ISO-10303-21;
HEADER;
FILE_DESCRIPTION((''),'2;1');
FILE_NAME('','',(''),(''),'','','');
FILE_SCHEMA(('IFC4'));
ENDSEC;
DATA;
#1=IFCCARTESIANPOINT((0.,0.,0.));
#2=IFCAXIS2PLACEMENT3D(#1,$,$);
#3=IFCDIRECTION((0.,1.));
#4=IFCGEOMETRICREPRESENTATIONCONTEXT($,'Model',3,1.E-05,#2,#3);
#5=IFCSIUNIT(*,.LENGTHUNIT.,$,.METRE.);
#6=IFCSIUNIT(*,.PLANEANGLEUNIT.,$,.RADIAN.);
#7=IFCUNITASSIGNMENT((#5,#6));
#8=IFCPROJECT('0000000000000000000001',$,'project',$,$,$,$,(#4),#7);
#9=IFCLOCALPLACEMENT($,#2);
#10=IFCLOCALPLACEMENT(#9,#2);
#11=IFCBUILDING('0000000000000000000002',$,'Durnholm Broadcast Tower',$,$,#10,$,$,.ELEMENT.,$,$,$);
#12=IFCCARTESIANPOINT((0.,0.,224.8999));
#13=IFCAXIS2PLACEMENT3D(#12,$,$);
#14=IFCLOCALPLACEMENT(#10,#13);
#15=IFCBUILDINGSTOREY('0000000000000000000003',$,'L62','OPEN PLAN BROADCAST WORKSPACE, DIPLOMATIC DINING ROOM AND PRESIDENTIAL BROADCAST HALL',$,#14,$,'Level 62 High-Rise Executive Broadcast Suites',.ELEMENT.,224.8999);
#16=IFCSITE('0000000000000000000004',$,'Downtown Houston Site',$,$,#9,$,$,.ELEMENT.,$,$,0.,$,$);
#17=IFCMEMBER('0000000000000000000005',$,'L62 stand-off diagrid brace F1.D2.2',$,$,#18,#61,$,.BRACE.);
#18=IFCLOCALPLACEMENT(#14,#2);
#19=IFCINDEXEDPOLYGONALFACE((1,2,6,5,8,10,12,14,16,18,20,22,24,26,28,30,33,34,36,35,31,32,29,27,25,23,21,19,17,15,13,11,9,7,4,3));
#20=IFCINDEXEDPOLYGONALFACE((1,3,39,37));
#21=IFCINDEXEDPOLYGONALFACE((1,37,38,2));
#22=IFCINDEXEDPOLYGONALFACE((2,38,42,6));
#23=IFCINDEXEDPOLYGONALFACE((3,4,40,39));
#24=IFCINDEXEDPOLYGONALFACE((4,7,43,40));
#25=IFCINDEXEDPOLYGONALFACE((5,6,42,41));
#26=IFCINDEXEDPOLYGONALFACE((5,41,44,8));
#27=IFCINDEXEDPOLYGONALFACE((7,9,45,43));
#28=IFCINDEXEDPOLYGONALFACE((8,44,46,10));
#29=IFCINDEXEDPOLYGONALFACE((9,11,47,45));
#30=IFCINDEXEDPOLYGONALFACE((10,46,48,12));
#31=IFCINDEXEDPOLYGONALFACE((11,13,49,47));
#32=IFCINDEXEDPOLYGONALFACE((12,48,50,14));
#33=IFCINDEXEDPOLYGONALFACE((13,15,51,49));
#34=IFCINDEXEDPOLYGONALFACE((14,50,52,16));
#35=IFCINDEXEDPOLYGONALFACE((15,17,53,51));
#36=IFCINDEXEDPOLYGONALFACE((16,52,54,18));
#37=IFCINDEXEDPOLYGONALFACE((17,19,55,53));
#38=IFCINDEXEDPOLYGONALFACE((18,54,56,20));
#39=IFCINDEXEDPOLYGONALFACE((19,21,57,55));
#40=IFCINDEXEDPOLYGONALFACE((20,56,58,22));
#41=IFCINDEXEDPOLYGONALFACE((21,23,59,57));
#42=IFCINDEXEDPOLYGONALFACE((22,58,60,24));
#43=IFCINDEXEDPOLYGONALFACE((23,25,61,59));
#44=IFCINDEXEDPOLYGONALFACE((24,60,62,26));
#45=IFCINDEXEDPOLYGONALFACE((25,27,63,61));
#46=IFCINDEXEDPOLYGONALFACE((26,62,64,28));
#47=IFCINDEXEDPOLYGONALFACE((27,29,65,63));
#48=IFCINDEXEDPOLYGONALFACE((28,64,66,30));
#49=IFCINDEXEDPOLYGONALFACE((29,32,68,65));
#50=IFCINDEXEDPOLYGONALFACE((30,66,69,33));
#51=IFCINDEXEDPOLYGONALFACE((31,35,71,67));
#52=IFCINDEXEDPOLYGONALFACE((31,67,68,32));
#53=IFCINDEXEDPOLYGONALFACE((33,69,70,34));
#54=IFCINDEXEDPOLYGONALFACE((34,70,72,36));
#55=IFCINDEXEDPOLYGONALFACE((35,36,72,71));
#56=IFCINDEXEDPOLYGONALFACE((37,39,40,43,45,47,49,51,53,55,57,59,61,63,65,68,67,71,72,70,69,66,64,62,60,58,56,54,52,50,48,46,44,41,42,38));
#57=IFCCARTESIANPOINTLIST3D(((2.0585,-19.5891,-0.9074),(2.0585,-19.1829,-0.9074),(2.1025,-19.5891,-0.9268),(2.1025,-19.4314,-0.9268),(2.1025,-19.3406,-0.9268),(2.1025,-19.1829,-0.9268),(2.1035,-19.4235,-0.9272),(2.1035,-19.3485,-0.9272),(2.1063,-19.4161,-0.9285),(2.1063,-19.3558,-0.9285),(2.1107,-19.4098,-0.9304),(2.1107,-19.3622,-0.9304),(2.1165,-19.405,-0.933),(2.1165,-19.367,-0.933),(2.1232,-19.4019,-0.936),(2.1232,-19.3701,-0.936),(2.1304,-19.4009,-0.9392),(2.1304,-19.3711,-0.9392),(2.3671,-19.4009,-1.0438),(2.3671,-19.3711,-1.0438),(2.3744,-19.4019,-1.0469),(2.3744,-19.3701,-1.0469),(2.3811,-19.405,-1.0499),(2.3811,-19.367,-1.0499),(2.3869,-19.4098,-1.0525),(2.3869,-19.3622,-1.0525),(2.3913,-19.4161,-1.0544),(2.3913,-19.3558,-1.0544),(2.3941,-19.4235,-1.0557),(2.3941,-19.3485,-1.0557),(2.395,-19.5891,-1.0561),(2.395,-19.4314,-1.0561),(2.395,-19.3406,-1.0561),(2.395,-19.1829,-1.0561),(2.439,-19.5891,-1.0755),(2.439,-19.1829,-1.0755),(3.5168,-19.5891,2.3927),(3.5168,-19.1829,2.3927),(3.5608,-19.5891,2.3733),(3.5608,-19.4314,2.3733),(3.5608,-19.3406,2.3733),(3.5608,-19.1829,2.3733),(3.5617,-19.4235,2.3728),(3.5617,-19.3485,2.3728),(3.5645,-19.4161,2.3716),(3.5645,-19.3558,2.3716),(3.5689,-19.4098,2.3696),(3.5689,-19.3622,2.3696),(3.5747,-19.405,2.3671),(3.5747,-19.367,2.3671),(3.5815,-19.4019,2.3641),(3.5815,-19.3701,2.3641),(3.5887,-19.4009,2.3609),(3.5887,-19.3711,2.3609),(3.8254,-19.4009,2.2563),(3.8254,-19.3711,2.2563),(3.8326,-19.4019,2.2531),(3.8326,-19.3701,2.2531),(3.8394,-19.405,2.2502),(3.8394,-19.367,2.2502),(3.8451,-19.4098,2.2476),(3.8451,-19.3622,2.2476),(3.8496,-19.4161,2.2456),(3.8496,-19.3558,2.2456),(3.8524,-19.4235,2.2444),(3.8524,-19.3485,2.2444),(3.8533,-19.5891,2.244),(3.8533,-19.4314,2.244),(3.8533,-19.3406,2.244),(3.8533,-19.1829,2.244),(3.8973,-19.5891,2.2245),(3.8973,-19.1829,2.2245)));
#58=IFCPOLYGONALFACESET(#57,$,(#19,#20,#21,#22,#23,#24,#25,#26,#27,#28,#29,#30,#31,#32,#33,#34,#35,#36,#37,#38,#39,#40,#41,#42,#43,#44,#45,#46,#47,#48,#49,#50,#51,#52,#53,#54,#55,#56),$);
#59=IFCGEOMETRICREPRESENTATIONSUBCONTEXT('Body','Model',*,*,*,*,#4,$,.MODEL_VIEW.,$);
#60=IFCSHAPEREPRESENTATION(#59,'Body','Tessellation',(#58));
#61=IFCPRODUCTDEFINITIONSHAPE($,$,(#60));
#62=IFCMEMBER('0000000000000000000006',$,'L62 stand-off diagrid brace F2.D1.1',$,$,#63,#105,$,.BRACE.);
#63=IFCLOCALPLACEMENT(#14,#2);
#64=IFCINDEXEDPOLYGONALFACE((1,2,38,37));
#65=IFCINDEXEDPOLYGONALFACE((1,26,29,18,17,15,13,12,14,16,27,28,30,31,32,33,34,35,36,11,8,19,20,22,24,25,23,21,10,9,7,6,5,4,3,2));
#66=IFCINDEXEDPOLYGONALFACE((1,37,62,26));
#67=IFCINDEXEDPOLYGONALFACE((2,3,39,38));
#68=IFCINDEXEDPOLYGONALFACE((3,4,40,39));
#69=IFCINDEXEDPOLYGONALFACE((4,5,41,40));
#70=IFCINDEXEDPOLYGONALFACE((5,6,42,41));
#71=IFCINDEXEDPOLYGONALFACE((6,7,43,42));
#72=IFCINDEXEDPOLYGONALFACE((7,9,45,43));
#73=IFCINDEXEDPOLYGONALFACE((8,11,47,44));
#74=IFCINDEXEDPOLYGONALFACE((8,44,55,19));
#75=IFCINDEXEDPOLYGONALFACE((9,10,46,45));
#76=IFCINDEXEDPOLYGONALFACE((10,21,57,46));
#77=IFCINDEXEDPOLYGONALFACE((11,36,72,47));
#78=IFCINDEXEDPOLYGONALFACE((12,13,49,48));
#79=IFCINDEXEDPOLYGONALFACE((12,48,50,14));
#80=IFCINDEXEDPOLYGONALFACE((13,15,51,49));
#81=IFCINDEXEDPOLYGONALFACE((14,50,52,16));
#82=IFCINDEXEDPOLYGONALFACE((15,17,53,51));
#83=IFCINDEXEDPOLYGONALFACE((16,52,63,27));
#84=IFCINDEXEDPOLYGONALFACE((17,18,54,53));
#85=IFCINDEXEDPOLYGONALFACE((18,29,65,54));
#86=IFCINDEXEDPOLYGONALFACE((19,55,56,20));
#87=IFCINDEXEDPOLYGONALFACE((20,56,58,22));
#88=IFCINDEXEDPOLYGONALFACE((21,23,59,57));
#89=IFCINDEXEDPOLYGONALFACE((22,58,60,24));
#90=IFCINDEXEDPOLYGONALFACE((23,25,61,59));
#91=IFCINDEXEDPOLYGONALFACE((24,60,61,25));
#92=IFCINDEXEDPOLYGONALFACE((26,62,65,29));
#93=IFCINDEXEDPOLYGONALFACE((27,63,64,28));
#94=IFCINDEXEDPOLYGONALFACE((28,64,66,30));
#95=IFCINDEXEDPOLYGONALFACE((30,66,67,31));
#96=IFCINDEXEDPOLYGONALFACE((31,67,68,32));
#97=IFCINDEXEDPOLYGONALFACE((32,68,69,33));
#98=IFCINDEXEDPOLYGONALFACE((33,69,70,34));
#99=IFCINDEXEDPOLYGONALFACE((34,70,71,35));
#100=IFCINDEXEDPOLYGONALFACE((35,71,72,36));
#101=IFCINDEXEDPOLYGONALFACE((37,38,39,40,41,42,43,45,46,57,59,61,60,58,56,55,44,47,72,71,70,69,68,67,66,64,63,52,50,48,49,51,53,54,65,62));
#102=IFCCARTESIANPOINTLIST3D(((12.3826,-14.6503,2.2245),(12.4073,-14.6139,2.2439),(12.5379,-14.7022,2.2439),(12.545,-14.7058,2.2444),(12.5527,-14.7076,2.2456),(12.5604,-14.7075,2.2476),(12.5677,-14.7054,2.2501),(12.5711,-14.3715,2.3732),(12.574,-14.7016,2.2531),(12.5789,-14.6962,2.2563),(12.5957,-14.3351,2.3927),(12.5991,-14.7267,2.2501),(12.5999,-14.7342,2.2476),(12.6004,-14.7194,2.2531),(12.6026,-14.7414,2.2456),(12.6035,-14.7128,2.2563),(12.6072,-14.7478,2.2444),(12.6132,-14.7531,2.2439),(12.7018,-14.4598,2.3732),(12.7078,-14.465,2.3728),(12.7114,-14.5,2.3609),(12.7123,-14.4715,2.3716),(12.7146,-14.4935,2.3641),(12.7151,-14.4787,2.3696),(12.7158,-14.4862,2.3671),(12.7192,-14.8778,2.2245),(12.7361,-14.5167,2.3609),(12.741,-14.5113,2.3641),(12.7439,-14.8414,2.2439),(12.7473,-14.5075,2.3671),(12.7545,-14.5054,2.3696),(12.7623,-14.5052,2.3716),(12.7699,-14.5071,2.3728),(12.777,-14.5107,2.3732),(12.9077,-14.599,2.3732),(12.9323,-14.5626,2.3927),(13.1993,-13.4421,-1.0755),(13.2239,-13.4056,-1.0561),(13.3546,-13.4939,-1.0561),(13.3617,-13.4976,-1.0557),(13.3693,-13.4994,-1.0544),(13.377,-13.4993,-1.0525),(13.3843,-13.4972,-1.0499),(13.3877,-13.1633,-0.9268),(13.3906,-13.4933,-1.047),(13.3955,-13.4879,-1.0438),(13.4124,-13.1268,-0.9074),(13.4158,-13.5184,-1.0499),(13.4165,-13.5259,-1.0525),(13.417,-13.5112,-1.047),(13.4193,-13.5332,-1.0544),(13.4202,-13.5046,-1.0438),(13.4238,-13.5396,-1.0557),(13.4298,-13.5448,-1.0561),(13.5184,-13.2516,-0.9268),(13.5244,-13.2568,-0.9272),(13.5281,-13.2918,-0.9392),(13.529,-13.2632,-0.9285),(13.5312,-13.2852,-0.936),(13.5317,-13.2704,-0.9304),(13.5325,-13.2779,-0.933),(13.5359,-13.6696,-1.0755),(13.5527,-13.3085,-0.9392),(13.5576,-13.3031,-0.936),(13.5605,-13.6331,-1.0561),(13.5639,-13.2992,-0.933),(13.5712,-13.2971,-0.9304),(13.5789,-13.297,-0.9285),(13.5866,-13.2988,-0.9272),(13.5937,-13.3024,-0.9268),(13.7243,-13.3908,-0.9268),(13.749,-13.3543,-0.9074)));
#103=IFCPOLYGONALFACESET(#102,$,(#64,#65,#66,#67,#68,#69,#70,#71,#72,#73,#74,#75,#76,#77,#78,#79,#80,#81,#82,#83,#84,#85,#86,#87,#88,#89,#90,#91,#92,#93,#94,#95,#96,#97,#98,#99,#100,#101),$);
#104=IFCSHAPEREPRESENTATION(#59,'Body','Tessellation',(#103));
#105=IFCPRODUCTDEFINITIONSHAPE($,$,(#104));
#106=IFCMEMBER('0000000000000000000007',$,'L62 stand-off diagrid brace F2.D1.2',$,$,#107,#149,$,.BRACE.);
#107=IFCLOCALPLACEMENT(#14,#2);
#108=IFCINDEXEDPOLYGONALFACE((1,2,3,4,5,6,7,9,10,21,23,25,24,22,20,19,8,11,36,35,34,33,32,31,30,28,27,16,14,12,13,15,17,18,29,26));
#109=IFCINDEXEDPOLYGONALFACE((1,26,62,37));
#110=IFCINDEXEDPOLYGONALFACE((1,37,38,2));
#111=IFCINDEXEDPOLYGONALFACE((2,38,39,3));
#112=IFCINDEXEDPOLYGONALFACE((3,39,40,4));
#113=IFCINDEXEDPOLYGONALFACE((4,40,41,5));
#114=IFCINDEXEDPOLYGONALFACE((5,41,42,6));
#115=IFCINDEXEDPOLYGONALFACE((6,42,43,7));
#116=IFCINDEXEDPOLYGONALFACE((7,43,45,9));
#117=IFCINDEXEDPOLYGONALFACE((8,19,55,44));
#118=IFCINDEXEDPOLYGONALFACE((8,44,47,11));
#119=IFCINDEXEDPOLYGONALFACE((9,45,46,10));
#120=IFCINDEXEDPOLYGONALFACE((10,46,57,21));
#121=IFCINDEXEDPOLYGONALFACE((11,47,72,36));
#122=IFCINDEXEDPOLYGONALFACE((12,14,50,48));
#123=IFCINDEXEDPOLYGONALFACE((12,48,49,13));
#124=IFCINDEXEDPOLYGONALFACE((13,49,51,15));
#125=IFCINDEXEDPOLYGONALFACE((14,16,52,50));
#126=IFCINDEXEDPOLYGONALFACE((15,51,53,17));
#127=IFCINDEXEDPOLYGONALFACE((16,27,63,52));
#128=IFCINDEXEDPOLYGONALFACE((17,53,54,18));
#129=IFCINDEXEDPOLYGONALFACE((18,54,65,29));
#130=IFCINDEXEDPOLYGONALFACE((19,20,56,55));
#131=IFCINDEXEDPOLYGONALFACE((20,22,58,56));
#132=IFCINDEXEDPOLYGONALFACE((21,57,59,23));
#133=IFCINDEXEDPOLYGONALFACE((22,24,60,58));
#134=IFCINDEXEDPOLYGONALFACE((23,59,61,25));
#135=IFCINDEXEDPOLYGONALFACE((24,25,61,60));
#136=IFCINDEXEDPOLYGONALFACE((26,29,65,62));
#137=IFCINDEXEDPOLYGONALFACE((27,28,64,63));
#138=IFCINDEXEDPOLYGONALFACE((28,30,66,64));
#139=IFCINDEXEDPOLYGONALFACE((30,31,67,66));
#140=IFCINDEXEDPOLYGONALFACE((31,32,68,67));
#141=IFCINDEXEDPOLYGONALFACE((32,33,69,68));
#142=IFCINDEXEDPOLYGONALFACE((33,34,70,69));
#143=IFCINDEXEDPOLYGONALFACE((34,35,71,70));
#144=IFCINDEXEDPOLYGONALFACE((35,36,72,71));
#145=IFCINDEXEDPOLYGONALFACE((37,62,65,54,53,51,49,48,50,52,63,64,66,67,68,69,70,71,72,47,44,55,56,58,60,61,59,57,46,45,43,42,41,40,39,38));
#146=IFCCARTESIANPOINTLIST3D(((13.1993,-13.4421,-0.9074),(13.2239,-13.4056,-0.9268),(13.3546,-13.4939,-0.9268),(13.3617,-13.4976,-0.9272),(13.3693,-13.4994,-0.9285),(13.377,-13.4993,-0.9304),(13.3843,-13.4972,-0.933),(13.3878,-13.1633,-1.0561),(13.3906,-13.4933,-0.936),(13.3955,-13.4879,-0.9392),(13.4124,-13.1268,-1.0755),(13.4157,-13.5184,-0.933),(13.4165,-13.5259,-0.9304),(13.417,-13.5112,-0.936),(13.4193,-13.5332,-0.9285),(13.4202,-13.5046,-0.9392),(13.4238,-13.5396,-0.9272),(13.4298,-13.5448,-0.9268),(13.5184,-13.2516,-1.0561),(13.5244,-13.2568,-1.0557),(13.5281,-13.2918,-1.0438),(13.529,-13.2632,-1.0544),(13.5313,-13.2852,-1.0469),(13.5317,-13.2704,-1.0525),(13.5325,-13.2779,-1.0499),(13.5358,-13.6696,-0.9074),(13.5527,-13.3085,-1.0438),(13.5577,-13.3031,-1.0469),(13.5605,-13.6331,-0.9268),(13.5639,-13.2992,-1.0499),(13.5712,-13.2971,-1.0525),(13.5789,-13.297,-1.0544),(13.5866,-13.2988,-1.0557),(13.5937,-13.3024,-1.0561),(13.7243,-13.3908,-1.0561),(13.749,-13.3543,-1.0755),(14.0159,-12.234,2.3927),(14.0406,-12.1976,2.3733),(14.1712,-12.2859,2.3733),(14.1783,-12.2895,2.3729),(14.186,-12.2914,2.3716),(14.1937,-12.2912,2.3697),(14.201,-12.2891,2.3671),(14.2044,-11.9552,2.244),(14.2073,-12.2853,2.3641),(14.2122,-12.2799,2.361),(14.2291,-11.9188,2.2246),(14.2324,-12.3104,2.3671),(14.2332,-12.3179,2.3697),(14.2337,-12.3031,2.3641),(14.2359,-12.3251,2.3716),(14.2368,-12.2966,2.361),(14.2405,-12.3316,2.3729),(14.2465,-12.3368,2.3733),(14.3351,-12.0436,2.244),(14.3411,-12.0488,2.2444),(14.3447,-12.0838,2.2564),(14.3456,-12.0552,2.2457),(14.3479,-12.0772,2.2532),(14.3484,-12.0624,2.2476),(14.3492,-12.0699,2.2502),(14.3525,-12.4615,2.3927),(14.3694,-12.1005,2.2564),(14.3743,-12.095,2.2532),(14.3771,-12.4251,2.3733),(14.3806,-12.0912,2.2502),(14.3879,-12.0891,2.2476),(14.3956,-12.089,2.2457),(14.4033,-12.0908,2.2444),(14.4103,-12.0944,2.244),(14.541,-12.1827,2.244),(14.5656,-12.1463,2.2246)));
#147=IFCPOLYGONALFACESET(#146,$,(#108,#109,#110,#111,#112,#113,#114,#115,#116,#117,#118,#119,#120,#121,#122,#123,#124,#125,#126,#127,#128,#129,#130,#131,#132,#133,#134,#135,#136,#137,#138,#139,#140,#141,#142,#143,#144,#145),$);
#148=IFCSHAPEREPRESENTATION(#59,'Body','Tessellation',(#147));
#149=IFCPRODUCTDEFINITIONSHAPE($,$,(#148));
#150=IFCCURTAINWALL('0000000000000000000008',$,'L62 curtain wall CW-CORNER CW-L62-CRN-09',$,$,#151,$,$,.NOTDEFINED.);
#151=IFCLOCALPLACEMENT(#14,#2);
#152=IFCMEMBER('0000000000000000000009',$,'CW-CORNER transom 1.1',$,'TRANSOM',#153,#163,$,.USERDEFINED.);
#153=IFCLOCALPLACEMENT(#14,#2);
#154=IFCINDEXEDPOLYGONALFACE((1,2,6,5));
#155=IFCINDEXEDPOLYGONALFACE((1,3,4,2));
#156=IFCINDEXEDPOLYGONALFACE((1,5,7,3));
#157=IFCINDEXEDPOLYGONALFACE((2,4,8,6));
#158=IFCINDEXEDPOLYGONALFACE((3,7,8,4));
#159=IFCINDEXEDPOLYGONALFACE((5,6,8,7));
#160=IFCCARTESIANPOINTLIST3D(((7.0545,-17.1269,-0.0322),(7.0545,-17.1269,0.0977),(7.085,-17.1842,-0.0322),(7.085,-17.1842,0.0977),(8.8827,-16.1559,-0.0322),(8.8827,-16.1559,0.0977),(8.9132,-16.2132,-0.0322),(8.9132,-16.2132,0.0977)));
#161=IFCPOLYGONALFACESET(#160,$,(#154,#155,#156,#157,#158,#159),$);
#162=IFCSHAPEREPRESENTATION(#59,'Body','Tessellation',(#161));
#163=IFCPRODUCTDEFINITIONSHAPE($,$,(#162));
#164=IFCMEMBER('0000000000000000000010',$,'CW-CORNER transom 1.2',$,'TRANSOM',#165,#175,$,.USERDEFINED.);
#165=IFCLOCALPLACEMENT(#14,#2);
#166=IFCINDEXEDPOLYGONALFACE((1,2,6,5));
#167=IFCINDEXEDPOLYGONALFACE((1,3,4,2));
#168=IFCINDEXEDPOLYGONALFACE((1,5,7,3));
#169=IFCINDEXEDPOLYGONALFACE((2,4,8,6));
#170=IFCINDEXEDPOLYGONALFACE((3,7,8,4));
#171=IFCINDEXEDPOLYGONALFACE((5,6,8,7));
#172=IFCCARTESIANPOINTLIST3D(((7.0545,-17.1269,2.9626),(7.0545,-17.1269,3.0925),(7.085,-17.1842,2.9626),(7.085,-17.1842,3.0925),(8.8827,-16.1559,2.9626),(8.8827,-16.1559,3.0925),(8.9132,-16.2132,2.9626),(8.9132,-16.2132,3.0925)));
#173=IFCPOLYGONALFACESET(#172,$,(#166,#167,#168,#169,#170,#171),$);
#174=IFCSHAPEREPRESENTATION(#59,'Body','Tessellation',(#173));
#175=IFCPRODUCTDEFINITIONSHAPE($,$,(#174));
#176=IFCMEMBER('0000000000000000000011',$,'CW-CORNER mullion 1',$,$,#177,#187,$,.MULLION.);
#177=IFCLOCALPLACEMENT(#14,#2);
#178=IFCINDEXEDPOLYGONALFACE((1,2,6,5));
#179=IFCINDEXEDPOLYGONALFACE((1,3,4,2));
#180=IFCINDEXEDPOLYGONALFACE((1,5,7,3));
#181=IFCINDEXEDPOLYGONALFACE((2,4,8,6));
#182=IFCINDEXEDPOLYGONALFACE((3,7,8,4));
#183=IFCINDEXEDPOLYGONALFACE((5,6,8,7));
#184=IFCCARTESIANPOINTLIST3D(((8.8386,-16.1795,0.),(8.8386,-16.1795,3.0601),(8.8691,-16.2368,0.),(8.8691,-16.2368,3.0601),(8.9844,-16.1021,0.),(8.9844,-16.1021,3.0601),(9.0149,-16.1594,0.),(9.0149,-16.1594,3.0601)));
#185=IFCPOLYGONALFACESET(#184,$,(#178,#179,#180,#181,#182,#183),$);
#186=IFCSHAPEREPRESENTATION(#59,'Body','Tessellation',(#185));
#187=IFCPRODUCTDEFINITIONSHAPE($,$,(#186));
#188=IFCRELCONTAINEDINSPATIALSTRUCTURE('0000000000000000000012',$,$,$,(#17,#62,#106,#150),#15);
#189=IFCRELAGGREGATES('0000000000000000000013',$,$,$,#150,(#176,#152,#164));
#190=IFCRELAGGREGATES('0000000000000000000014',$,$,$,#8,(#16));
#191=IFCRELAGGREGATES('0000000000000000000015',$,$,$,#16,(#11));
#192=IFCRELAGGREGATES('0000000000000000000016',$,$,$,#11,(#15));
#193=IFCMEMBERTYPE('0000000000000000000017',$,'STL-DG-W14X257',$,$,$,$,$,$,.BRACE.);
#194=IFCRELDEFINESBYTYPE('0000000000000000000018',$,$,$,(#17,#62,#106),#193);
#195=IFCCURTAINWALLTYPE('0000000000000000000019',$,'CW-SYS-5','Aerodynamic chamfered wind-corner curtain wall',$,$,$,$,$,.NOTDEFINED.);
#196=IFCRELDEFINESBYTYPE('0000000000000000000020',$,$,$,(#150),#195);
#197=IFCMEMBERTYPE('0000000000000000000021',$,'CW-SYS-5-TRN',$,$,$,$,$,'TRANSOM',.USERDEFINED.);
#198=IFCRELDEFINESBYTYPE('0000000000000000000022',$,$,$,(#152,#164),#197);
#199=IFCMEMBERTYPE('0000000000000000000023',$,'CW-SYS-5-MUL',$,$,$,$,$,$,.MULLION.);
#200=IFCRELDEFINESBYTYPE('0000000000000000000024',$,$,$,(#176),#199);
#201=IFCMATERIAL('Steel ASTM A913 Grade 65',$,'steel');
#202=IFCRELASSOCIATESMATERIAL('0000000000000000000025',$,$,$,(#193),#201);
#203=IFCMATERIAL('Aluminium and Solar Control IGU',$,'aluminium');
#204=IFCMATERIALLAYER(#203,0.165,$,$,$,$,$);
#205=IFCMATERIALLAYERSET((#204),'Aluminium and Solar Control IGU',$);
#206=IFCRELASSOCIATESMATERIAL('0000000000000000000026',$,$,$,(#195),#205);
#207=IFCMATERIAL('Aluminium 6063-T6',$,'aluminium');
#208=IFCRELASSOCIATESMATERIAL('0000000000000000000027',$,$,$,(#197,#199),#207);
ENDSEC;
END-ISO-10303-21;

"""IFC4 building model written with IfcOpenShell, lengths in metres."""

from ifc_helpers import new_model, si_unit, direction, frame, origin, origin_2d, place, context, subcontext, project, spatial, rectangle, i_section, extrude, source, transform, mapped, material, layer, layer_set, material_profile, profile_set, type_object, type_shapes, element, aggregate, save


model = new_model("IFC4")

# Units and contexts
model_context = context("Model", 3, precision=1e-05, world=origin(), true_north=direction((0.0, 1.0)))
body_context = subcontext(model_context, "Body", "Model", "MODEL_VIEW")
ifc_project = project(units=[si_unit("LENGTHUNIT", "METRE"), si_unit("PLANEANGLEUNIT", "RADIAN")], contexts=[model_context])

# Site, building, storey
site_placement = place(None, origin())
site = spatial("IfcSite", under=ifc_project, at=site_placement, Name="Downtown Houston Site", CompositionType="ELEMENT", RefElevation=0.0)
building_placement = place(site_placement, origin())
building = spatial("IfcBuilding", under=site, at=building_placement, Name="Durnholm Broadcast Tower", CompositionType="ELEMENT")
storey_placement = place(building_placement, frame((0.0, 0.0, 224.8999)))
storey = spatial("IfcBuildingStorey", under=building, at=storey_placement, Name="L62", Description="OPEN PLAN BROADCAST WORKSPACE, DIPLOMATIC DINING ROOM AND PRESIDENTIAL BROADCAST HALL", LongName="Level 62 High-Rise Executive Broadcast Suites", CompositionType="ELEMENT", Elevation=224.8999)

# Members
ifc_material_1 = material(Name="Steel ASTM A913 Grade 65", Category="steel")
ifc_material_profile_1 = material_profile(ifc_material_1, i_section(OverallWidth=0.4062, OverallDepth=0.416, WebThickness=0.0298, FlangeThickness=0.0481, FilletRadius=0.0305, at=origin_2d()), Name="W14X257")
ifc_profile_set_1 = profile_set([ifc_material_profile_1], Name="Steel ASTM A913 Grade 65")
member_type_1 = type_object("IfcMemberType", Name="STL-DG-W14X257", PredefinedType="BRACE", material=ifc_profile_set_1)
shared_shape_1 = source(origin(), body_context, "Body", "SweptSolid", [
    extrude(i_section(OverallWidth=0.4062, OverallDepth=0.416, WebThickness=0.0298, FlangeThickness=0.0481, FilletRadius=0.0305, at=origin_2d()), origin(), (0.0, 0.0, 1.0), 3.6079),
])
type_shapes(member_type_1, [shared_shape_1])
for number, where, z_axis, x_axis, name in (
    (1, (2.2488, -19.386, -0.9915), (0.404185, 0.0, 0.914677), (0.0, 1.0, 0.0), "L62 stand-off diagrid brace F1.D2.2"),
    (2, (13.4741, -13.3982, -0.9915), (-0.226349, -0.334888, 0.914667), (0.828505, -0.559982, 0.0), "L62 stand-off diagrid brace F2.D1.1"),
    (3, (13.4741, -13.3982, -0.9915), (0.226354, 0.334828, 0.914688), (-0.828452, 0.560059, 0.0), "L62 stand-off diagrid brace F2.D1.2"),
):
    element("IfcMember", number, at=place(storey_placement, frame(where, z_axis=z_axis, x_axis=x_axis)), inside=storey, type_object=member_type_1, Name=name, PredefinedType="BRACE", context=body_context, shape_type="MappedRepresentation", body=[
        mapped(shared_shape_1, transform((0.0, 0.0, 0.0), x_axis=(1.0, 0.0, 0.0), y_axis=(0.0, 1.0, 0.0), z_axis=(0.0, 0.0, 1.0), scale=1.0)),
    ])

# Curtain wall, members
ifc_material_2 = material(Name="Aluminium and Solar Control IGU", Category="aluminium")
ifc_layer_1 = layer(ifc_material_2, 0.165)
ifc_layer_set_1 = layer_set([ifc_layer_1], Name="Aluminium and Solar Control IGU")
curtain_wall_type_1 = type_object("IfcCurtainWallType", Name="CW-SYS-5", Description="Aerodynamic chamfered wind-corner curtain wall", PredefinedType="NOTDEFINED", material=ifc_layer_set_1)
curtain_wall_1_placement = place(storey_placement, origin())
curtain_wall_1 = element("IfcCurtainWall", 4, at=curtain_wall_1_placement, inside=storey, type_object=curtain_wall_type_1, Name="L62 curtain wall CW-CORNER CW-L62-CRN-09", PredefinedType="NOTDEFINED")
ifc_material_3 = material(Name="Aluminium 6063-T6", Category="aluminium")
ifc_material_profile_2 = material_profile(ifc_material_3, rectangle(XDim=0.0649, YDim=0.1299, at=origin_2d()), Name="CWT65X130")
ifc_profile_set_2 = profile_set([ifc_material_profile_2], Name="Aluminium 6063-T6")
member_type_2 = type_object("IfcMemberType", Name="CW-SYS-5-TRN", ElementType="TRANSOM", PredefinedType="USERDEFINED", material=ifc_profile_set_2)
shared_shape_2 = source(origin(), body_context, "Body", "SweptSolid", [
    extrude(rectangle(XDim=0.0649, YDim=0.1299, at=origin_2d()), origin(), (0.0, 0.0, 1.0), 2.0701),
])
type_shapes(member_type_2, [shared_shape_2])
member_1_placement = place(storey_placement, frame((8.8979, -16.1846, 0.0327), z_axis=(-0.883165, -0.469063, 0.0), x_axis=(0.469063, -0.883165, 0.0)))
member_1 = element("IfcMember", 5, at=member_1_placement, type_object=member_type_2, Name="CW-CORNER transom 1.1", ObjectType="TRANSOM", PredefinedType="USERDEFINED", context=body_context, shape_type="MappedRepresentation", body=[
    mapped(shared_shape_2, transform((0.0, 0.0, 0.0), x_axis=(1.0, 0.0, 0.0), y_axis=(0.0, 1.0, 0.0), z_axis=(0.0, 0.0, 1.0), scale=1.0)),
])
member_2_placement = place(storey_placement, frame((8.8979, -16.1846, 3.0276), z_axis=(-0.883165, -0.469063, 0.0), x_axis=(0.469063, -0.883165, 0.0)))
member_2 = element("IfcMember", 6, at=member_2_placement, type_object=member_type_2, Name="CW-CORNER transom 1.2", ObjectType="TRANSOM", PredefinedType="USERDEFINED", context=body_context, shape_type="MappedRepresentation", body=[
    mapped(shared_shape_2, transform((0.0, 0.0, 0.0), x_axis=(1.0, 0.0, 0.0), y_axis=(0.0, 1.0, 0.0), z_axis=(0.0, 0.0, 1.0), scale=1.0)),
])
ifc_material_profile_3 = material_profile(ifc_material_3, rectangle(XDim=0.0649, YDim=0.165, at=origin_2d()), Name="CWM65X165")
ifc_profile_set_3 = profile_set([ifc_material_profile_3], Name="Aluminium 6063-T6")
member_type_3 = type_object("IfcMemberType", Name="CW-SYS-5-MUL", PredefinedType="MULLION", material=ifc_profile_set_3)
shared_shape_3 = source(origin(), body_context, "Body", "SweptSolid", [
    extrude(rectangle(XDim=0.0649, YDim=0.165, at=origin_2d()), origin(), (0.0, 0.0, 1.0), 3.0601),
])
type_shapes(member_type_3, [shared_shape_3])
member_3_placement = place(storey_placement, frame((8.9268, -16.1694, 0.0), z_axis=(0.0, 0.0, 1.0), x_axis=(0.469007, -0.883195, 0.0)))
member_3 = element("IfcMember", 7, at=member_3_placement, type_object=member_type_3, Name="CW-CORNER mullion 1", PredefinedType="MULLION", context=body_context, shape_type="MappedRepresentation", body=[
    mapped(shared_shape_3, transform((0.0, 0.0, 0.0), x_axis=(1.0, 0.0, 0.0), y_axis=(0.0, 1.0, 0.0), z_axis=(0.0, 0.0, 1.0), scale=1.0)),
])

aggregate(curtain_wall_1, [member_3, member_1, member_2])

save(model, "model.ifc")
